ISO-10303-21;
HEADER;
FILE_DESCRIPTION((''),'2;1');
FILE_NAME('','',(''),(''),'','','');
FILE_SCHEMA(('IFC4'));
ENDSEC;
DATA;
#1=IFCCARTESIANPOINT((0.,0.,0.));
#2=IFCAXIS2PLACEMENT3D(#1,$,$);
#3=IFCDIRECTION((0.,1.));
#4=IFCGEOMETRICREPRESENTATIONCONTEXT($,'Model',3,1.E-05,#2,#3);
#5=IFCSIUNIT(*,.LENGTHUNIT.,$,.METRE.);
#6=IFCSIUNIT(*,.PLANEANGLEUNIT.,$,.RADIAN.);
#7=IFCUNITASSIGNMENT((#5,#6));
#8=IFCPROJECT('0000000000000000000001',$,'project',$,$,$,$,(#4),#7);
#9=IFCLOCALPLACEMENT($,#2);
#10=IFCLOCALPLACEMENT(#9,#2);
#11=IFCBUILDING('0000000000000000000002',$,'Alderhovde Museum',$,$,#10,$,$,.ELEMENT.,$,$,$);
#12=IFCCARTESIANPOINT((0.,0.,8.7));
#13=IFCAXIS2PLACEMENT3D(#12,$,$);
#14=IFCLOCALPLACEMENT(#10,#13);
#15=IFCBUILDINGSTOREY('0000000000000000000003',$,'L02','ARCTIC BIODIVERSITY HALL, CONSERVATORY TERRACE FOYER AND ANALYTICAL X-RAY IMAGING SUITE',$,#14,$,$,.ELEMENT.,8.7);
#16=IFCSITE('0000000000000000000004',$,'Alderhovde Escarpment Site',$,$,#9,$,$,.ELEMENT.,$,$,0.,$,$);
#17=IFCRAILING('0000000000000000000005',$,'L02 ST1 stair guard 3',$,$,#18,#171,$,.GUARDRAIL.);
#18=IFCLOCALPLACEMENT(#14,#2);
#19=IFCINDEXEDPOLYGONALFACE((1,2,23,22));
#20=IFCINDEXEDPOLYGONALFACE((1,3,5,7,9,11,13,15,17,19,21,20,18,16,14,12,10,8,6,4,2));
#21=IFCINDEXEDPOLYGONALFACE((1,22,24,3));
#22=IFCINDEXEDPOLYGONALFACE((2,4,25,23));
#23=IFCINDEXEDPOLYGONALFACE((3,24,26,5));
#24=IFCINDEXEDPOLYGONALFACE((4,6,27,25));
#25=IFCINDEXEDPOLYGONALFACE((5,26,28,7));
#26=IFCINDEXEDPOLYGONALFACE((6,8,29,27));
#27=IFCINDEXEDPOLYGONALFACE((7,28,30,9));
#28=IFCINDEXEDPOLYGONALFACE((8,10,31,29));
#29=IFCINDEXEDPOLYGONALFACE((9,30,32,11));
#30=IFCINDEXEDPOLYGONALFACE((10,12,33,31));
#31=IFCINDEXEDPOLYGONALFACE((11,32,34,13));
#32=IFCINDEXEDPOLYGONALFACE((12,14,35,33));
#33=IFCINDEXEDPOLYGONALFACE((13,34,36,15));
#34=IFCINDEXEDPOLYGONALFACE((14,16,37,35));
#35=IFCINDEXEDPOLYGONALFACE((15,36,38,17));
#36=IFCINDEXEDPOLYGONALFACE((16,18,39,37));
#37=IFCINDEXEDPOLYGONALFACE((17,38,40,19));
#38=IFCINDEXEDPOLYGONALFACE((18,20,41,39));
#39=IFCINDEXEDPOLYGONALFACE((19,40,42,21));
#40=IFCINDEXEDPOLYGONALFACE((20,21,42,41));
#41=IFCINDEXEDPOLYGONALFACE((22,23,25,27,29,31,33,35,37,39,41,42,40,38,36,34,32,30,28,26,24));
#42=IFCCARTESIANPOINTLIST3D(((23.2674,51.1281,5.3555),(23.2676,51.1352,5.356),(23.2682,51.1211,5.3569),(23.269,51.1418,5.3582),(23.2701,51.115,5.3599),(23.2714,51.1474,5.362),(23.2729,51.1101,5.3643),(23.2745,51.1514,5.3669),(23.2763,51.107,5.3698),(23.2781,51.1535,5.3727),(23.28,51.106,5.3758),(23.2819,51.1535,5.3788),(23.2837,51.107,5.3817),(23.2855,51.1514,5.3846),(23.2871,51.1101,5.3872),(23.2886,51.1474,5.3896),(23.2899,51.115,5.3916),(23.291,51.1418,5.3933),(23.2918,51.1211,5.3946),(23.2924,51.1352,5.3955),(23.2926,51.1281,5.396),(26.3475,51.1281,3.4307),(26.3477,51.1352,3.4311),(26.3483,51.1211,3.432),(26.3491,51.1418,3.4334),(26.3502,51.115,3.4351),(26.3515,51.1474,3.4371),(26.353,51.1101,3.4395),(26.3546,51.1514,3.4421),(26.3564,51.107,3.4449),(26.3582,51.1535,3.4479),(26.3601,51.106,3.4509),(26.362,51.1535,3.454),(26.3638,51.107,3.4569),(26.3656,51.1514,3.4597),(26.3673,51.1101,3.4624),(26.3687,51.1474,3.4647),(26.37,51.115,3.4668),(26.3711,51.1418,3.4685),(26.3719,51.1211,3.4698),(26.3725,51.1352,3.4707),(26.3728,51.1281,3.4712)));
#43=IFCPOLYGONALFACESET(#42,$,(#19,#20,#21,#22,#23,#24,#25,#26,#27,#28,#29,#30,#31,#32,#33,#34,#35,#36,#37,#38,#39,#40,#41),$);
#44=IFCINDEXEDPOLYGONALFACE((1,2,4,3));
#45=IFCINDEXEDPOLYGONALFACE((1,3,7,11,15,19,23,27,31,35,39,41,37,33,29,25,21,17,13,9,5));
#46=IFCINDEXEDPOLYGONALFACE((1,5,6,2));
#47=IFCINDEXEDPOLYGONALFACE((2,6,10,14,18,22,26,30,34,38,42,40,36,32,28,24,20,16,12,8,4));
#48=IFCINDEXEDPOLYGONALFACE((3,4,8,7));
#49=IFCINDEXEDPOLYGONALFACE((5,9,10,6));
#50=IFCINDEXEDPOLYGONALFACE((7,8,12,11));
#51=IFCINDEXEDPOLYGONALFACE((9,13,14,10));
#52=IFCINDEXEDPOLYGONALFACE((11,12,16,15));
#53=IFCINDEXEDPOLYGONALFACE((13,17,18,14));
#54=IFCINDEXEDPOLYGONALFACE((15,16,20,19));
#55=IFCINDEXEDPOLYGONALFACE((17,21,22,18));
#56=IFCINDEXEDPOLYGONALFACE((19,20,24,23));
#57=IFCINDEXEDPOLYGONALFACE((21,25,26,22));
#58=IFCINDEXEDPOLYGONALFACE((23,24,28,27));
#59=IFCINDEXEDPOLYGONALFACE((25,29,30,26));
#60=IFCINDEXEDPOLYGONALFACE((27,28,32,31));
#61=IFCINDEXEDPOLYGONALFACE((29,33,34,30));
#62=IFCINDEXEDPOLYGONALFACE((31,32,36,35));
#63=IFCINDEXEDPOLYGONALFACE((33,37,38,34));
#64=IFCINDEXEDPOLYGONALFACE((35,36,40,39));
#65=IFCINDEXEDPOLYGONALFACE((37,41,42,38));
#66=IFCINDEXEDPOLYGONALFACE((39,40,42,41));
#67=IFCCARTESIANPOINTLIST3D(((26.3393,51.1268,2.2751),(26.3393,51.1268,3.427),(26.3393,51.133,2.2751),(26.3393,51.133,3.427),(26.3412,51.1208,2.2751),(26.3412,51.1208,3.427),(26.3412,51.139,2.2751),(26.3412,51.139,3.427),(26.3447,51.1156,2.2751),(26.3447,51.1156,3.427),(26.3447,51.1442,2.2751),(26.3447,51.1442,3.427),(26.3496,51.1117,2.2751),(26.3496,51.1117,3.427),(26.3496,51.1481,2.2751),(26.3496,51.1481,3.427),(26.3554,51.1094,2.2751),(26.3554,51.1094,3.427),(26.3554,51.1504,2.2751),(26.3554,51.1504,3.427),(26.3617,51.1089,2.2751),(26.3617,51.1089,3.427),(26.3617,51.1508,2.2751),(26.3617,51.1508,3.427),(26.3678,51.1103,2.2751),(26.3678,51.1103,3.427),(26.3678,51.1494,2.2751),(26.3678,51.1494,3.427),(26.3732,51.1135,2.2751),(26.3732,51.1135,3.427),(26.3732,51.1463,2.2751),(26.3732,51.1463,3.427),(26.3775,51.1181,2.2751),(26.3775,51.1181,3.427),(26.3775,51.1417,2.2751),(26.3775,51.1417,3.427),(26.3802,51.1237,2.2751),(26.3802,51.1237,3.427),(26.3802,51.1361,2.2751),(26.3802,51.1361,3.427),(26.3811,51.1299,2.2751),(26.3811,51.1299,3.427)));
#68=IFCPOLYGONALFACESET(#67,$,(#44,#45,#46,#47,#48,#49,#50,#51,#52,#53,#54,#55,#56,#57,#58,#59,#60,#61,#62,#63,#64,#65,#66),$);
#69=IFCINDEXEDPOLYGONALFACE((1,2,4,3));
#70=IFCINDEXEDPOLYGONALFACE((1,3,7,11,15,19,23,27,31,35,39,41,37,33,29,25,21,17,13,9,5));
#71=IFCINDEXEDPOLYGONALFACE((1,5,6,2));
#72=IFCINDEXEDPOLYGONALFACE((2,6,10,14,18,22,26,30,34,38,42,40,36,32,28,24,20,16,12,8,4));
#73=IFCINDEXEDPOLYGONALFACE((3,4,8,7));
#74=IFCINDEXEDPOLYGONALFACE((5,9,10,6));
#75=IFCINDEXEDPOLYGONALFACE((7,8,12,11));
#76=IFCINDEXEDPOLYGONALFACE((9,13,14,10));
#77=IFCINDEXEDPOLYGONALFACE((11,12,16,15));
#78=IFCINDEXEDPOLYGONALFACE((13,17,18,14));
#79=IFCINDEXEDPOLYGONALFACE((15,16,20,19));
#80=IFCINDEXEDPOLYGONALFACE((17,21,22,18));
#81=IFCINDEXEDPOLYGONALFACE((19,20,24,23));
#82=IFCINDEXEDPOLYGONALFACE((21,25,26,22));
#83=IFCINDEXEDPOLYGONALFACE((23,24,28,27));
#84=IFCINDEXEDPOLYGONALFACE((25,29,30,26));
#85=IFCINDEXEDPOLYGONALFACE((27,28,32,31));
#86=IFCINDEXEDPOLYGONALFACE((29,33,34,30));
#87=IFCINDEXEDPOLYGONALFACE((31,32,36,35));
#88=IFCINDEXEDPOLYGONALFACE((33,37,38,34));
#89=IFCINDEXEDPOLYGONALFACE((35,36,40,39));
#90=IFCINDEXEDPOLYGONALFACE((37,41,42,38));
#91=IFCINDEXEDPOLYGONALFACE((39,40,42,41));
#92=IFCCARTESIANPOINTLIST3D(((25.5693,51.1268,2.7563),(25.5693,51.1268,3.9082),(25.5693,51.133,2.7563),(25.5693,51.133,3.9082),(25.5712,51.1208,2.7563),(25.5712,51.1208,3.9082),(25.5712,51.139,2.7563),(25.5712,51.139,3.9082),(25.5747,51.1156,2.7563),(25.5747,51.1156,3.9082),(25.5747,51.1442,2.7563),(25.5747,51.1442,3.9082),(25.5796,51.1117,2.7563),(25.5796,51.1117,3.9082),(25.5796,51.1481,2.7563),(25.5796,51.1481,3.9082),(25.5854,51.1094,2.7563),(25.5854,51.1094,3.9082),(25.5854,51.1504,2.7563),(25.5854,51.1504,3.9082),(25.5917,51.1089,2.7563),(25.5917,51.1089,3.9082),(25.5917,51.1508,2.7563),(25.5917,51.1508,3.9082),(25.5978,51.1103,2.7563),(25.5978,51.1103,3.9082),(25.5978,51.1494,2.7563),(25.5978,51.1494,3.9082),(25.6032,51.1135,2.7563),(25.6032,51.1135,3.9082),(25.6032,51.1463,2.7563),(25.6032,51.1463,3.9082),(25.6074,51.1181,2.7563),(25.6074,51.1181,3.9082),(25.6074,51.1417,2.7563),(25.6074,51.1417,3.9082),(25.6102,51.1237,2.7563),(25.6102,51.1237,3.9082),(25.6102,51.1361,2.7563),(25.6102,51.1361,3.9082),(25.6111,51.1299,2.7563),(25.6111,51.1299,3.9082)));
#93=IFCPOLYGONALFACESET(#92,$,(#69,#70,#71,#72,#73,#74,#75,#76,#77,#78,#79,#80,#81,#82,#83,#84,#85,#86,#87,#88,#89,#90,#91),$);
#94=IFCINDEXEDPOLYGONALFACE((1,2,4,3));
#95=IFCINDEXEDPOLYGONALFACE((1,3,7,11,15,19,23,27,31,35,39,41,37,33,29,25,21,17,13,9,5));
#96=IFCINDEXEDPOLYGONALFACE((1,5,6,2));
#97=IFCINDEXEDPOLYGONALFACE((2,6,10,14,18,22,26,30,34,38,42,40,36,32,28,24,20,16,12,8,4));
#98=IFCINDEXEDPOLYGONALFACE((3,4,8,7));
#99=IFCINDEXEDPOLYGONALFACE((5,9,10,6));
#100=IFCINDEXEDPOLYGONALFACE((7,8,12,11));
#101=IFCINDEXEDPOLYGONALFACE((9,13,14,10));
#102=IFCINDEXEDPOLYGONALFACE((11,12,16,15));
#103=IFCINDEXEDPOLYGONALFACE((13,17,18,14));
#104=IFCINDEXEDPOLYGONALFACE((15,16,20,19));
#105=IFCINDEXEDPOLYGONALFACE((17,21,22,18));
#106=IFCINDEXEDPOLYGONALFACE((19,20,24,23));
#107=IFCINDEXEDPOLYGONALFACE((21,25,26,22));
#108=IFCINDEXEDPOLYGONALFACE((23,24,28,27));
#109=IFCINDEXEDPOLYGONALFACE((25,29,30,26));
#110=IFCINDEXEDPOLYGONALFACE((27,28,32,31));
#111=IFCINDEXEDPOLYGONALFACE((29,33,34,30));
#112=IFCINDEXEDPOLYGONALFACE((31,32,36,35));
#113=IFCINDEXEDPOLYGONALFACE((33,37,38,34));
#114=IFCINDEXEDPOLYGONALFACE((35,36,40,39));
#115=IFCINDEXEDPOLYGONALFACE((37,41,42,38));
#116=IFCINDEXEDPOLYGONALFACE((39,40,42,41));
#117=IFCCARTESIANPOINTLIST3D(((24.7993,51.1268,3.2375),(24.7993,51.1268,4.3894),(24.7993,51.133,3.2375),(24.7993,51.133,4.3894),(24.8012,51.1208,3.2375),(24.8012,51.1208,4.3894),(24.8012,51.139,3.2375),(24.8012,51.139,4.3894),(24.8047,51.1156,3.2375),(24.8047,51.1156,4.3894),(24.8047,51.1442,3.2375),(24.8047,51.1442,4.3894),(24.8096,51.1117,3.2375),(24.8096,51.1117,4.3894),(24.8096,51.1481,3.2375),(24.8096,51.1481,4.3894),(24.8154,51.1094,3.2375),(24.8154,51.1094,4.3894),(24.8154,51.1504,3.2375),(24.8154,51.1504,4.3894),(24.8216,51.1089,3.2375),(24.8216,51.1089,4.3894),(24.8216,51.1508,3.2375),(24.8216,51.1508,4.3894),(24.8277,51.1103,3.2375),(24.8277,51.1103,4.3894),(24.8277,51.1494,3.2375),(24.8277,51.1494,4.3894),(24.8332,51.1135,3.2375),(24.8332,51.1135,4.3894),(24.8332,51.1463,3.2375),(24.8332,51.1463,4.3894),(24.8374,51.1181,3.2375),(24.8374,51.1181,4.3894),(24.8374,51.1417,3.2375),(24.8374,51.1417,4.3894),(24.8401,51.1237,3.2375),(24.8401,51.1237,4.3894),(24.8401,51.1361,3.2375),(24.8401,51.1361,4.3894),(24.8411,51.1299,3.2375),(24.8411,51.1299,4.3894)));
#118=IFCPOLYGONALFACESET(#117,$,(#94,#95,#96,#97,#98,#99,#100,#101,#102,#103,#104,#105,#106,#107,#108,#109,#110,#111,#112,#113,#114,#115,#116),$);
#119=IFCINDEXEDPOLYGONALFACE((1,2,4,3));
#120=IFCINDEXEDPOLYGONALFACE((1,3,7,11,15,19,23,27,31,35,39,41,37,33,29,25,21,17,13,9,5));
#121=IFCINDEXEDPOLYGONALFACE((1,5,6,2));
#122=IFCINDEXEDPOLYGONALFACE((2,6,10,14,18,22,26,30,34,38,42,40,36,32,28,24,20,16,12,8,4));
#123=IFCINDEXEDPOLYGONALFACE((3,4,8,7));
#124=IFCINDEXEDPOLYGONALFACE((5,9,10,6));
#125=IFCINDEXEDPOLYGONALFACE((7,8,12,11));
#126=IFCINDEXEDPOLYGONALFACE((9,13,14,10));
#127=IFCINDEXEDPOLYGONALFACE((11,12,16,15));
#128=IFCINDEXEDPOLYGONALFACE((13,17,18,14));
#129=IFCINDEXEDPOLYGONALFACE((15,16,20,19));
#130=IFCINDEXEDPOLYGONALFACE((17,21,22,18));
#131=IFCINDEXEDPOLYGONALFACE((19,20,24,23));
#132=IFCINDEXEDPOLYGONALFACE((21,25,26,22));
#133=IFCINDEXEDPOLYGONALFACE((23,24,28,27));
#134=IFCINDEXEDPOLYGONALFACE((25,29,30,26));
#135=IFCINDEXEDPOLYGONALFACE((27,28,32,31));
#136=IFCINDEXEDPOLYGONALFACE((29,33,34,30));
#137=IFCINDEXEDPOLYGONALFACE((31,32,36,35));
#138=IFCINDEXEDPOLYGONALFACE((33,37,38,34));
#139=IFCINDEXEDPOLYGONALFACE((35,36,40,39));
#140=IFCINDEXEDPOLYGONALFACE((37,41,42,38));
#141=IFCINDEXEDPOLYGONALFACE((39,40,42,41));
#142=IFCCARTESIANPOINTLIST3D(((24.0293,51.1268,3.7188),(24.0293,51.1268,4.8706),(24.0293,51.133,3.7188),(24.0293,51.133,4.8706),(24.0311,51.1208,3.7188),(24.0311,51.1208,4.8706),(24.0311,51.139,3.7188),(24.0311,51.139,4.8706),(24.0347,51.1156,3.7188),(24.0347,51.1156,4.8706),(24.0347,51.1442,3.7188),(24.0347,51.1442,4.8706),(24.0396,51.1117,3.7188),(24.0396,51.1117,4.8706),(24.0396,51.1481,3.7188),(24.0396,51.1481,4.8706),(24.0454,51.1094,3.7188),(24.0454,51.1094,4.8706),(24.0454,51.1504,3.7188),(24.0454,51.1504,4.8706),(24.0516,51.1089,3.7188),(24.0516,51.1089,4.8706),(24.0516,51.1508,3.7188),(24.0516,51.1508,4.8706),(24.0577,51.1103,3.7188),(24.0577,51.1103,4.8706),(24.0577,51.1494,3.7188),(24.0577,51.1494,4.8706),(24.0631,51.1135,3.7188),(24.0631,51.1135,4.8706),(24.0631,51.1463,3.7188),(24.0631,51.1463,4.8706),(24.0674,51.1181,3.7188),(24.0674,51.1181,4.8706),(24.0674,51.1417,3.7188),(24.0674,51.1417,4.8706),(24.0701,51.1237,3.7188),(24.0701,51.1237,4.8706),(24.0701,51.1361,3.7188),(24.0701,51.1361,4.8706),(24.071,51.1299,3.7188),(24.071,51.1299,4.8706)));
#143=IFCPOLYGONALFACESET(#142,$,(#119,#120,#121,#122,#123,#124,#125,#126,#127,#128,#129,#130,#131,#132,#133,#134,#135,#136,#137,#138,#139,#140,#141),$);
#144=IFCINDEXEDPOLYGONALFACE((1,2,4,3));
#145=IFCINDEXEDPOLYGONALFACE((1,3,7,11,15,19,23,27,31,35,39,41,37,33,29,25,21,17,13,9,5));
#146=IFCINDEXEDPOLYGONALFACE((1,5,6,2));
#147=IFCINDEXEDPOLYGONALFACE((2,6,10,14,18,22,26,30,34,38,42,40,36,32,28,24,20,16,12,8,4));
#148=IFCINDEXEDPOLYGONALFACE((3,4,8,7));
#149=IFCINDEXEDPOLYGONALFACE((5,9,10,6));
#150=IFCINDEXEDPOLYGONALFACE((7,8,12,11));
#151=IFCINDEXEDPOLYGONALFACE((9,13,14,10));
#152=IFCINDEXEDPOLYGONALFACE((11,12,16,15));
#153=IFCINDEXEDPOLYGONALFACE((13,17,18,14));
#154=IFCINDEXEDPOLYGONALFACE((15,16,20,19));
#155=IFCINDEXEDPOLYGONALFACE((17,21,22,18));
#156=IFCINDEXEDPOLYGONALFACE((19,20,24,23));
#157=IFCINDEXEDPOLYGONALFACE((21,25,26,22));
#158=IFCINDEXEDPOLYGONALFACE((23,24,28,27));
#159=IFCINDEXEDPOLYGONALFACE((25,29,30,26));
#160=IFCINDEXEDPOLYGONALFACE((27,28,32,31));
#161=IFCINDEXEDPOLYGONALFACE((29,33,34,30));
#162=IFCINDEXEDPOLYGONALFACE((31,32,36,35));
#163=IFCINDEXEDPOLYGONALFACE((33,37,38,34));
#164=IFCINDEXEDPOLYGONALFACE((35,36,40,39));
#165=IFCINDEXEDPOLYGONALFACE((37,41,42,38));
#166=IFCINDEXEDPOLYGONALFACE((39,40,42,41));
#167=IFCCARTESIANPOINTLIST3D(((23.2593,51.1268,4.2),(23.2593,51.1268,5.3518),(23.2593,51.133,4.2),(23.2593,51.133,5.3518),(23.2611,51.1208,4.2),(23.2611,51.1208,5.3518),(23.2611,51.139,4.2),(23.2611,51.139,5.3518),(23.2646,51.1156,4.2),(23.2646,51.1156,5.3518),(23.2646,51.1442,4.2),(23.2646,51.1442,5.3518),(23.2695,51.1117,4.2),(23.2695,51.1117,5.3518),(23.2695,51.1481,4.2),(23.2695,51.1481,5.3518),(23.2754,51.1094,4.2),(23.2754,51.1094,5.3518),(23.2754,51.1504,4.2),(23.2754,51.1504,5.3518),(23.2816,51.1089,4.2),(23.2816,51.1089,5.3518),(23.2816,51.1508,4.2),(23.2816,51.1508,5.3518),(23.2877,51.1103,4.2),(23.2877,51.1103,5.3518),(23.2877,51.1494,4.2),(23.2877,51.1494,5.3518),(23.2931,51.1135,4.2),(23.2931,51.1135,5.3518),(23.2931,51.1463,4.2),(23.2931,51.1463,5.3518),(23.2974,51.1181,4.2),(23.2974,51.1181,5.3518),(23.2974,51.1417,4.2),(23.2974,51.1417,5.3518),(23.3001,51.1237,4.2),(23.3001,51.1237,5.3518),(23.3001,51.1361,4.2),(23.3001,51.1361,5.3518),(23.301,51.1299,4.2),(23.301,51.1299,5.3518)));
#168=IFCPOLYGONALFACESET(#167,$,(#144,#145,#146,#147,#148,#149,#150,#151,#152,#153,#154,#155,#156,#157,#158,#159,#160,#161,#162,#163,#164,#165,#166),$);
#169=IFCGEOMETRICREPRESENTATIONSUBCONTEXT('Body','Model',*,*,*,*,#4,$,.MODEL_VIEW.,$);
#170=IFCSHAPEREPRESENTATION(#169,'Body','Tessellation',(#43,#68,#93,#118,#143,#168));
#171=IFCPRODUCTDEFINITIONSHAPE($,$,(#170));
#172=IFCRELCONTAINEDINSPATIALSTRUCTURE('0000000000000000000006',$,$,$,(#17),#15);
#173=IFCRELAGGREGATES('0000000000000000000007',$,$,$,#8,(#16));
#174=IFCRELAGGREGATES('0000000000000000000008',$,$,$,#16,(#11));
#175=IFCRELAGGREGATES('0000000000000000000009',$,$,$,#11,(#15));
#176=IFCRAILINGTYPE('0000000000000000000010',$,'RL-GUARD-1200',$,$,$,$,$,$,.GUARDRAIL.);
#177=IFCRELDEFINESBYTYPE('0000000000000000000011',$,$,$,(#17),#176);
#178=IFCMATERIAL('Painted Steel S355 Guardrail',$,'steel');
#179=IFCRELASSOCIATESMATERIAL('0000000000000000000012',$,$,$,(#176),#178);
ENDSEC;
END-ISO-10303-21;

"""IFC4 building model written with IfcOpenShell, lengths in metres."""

from ifc_helpers import new_model, si_unit, direction, frame, origin, origin_2d, place, context, subcontext, project, spatial, circle, extrude, material, type_object, element, save


model = new_model("IFC4")

# Units and contexts
model_context = context("Model", 3, precision=1e-05, world=origin(), true_north=direction((0.0, 1.0)))
body_context = subcontext(model_context, "Body", "Model", "MODEL_VIEW")
ifc_project = project(units=[si_unit("LENGTHUNIT", "METRE"), si_unit("PLANEANGLEUNIT", "RADIAN")], contexts=[model_context])

# Site, building, storey
site_placement = place(None, origin())
site = spatial("IfcSite", under=ifc_project, at=site_placement, Name="Alderhovde Escarpment Site", CompositionType="ELEMENT", RefElevation=0.0)
building_placement = place(site_placement, origin())
building = spatial("IfcBuilding", under=site, at=building_placement, Name="Alderhovde Museum", CompositionType="ELEMENT")
storey_placement = place(building_placement, frame((0.0, 0.0, 8.7)))
storey = spatial("IfcBuildingStorey", under=building, at=storey_placement, Name="L02", Description="ARCTIC BIODIVERSITY HALL, CONSERVATORY TERRACE FOYER AND ANALYTICAL X-RAY IMAGING SUITE", CompositionType="ELEMENT", Elevation=8.7)

# Railing
ifc_material_1 = material(Name="Painted Steel S355 Guardrail", Category="steel")
railing_type_1 = type_object("IfcRailingType", Name="RL-GUARD-1200", PredefinedType="GUARDRAIL", material=ifc_material_1)
railing_1_placement = place(storey_placement, frame((26.3601, 51.1299, 2.2751)))
element("IfcRailing", 1, at=railing_1_placement, inside=storey, type_object=railing_type_1, Name="L02 ST1 stair guard 3", PredefinedType="GUARDRAIL", context=body_context, shape_type="SweptSolid", body=[
    extrude(circle(Radius=0.0239, at=origin_2d()), frame((0.0, 0.0, 1.1758), z_axis=(-0.848029, 0.0, 0.529951), x_axis=(0.0, -1.0, 0.0)), (0.0, 0.0, 1.0), 3.6321),
    extrude(circle(Radius=0.021, at=origin_2d()), origin(), (0.0, 0.0, 1.0), 1.1519),
    extrude(circle(Radius=0.021, at=origin_2d()), frame((-0.77, 0.0, 0.4812)), (0.0, 0.0, 1.0), 1.1519),
    extrude(circle(Radius=0.021, at=origin_2d()), frame((-1.54, 0.0, 0.9624)), (0.0, 0.0, 1.0), 1.1519),
    extrude(circle(Radius=0.021, at=origin_2d()), frame((-2.3101, 0.0, 1.4436)), (0.0, 0.0, 1.0), 1.1519),
    extrude(circle(Radius=0.021, at=origin_2d()), frame((-3.0801, 0.0, 1.9248)), (0.0, 0.0, 1.0), 1.1519),
])

save(model, "model.ifc")
